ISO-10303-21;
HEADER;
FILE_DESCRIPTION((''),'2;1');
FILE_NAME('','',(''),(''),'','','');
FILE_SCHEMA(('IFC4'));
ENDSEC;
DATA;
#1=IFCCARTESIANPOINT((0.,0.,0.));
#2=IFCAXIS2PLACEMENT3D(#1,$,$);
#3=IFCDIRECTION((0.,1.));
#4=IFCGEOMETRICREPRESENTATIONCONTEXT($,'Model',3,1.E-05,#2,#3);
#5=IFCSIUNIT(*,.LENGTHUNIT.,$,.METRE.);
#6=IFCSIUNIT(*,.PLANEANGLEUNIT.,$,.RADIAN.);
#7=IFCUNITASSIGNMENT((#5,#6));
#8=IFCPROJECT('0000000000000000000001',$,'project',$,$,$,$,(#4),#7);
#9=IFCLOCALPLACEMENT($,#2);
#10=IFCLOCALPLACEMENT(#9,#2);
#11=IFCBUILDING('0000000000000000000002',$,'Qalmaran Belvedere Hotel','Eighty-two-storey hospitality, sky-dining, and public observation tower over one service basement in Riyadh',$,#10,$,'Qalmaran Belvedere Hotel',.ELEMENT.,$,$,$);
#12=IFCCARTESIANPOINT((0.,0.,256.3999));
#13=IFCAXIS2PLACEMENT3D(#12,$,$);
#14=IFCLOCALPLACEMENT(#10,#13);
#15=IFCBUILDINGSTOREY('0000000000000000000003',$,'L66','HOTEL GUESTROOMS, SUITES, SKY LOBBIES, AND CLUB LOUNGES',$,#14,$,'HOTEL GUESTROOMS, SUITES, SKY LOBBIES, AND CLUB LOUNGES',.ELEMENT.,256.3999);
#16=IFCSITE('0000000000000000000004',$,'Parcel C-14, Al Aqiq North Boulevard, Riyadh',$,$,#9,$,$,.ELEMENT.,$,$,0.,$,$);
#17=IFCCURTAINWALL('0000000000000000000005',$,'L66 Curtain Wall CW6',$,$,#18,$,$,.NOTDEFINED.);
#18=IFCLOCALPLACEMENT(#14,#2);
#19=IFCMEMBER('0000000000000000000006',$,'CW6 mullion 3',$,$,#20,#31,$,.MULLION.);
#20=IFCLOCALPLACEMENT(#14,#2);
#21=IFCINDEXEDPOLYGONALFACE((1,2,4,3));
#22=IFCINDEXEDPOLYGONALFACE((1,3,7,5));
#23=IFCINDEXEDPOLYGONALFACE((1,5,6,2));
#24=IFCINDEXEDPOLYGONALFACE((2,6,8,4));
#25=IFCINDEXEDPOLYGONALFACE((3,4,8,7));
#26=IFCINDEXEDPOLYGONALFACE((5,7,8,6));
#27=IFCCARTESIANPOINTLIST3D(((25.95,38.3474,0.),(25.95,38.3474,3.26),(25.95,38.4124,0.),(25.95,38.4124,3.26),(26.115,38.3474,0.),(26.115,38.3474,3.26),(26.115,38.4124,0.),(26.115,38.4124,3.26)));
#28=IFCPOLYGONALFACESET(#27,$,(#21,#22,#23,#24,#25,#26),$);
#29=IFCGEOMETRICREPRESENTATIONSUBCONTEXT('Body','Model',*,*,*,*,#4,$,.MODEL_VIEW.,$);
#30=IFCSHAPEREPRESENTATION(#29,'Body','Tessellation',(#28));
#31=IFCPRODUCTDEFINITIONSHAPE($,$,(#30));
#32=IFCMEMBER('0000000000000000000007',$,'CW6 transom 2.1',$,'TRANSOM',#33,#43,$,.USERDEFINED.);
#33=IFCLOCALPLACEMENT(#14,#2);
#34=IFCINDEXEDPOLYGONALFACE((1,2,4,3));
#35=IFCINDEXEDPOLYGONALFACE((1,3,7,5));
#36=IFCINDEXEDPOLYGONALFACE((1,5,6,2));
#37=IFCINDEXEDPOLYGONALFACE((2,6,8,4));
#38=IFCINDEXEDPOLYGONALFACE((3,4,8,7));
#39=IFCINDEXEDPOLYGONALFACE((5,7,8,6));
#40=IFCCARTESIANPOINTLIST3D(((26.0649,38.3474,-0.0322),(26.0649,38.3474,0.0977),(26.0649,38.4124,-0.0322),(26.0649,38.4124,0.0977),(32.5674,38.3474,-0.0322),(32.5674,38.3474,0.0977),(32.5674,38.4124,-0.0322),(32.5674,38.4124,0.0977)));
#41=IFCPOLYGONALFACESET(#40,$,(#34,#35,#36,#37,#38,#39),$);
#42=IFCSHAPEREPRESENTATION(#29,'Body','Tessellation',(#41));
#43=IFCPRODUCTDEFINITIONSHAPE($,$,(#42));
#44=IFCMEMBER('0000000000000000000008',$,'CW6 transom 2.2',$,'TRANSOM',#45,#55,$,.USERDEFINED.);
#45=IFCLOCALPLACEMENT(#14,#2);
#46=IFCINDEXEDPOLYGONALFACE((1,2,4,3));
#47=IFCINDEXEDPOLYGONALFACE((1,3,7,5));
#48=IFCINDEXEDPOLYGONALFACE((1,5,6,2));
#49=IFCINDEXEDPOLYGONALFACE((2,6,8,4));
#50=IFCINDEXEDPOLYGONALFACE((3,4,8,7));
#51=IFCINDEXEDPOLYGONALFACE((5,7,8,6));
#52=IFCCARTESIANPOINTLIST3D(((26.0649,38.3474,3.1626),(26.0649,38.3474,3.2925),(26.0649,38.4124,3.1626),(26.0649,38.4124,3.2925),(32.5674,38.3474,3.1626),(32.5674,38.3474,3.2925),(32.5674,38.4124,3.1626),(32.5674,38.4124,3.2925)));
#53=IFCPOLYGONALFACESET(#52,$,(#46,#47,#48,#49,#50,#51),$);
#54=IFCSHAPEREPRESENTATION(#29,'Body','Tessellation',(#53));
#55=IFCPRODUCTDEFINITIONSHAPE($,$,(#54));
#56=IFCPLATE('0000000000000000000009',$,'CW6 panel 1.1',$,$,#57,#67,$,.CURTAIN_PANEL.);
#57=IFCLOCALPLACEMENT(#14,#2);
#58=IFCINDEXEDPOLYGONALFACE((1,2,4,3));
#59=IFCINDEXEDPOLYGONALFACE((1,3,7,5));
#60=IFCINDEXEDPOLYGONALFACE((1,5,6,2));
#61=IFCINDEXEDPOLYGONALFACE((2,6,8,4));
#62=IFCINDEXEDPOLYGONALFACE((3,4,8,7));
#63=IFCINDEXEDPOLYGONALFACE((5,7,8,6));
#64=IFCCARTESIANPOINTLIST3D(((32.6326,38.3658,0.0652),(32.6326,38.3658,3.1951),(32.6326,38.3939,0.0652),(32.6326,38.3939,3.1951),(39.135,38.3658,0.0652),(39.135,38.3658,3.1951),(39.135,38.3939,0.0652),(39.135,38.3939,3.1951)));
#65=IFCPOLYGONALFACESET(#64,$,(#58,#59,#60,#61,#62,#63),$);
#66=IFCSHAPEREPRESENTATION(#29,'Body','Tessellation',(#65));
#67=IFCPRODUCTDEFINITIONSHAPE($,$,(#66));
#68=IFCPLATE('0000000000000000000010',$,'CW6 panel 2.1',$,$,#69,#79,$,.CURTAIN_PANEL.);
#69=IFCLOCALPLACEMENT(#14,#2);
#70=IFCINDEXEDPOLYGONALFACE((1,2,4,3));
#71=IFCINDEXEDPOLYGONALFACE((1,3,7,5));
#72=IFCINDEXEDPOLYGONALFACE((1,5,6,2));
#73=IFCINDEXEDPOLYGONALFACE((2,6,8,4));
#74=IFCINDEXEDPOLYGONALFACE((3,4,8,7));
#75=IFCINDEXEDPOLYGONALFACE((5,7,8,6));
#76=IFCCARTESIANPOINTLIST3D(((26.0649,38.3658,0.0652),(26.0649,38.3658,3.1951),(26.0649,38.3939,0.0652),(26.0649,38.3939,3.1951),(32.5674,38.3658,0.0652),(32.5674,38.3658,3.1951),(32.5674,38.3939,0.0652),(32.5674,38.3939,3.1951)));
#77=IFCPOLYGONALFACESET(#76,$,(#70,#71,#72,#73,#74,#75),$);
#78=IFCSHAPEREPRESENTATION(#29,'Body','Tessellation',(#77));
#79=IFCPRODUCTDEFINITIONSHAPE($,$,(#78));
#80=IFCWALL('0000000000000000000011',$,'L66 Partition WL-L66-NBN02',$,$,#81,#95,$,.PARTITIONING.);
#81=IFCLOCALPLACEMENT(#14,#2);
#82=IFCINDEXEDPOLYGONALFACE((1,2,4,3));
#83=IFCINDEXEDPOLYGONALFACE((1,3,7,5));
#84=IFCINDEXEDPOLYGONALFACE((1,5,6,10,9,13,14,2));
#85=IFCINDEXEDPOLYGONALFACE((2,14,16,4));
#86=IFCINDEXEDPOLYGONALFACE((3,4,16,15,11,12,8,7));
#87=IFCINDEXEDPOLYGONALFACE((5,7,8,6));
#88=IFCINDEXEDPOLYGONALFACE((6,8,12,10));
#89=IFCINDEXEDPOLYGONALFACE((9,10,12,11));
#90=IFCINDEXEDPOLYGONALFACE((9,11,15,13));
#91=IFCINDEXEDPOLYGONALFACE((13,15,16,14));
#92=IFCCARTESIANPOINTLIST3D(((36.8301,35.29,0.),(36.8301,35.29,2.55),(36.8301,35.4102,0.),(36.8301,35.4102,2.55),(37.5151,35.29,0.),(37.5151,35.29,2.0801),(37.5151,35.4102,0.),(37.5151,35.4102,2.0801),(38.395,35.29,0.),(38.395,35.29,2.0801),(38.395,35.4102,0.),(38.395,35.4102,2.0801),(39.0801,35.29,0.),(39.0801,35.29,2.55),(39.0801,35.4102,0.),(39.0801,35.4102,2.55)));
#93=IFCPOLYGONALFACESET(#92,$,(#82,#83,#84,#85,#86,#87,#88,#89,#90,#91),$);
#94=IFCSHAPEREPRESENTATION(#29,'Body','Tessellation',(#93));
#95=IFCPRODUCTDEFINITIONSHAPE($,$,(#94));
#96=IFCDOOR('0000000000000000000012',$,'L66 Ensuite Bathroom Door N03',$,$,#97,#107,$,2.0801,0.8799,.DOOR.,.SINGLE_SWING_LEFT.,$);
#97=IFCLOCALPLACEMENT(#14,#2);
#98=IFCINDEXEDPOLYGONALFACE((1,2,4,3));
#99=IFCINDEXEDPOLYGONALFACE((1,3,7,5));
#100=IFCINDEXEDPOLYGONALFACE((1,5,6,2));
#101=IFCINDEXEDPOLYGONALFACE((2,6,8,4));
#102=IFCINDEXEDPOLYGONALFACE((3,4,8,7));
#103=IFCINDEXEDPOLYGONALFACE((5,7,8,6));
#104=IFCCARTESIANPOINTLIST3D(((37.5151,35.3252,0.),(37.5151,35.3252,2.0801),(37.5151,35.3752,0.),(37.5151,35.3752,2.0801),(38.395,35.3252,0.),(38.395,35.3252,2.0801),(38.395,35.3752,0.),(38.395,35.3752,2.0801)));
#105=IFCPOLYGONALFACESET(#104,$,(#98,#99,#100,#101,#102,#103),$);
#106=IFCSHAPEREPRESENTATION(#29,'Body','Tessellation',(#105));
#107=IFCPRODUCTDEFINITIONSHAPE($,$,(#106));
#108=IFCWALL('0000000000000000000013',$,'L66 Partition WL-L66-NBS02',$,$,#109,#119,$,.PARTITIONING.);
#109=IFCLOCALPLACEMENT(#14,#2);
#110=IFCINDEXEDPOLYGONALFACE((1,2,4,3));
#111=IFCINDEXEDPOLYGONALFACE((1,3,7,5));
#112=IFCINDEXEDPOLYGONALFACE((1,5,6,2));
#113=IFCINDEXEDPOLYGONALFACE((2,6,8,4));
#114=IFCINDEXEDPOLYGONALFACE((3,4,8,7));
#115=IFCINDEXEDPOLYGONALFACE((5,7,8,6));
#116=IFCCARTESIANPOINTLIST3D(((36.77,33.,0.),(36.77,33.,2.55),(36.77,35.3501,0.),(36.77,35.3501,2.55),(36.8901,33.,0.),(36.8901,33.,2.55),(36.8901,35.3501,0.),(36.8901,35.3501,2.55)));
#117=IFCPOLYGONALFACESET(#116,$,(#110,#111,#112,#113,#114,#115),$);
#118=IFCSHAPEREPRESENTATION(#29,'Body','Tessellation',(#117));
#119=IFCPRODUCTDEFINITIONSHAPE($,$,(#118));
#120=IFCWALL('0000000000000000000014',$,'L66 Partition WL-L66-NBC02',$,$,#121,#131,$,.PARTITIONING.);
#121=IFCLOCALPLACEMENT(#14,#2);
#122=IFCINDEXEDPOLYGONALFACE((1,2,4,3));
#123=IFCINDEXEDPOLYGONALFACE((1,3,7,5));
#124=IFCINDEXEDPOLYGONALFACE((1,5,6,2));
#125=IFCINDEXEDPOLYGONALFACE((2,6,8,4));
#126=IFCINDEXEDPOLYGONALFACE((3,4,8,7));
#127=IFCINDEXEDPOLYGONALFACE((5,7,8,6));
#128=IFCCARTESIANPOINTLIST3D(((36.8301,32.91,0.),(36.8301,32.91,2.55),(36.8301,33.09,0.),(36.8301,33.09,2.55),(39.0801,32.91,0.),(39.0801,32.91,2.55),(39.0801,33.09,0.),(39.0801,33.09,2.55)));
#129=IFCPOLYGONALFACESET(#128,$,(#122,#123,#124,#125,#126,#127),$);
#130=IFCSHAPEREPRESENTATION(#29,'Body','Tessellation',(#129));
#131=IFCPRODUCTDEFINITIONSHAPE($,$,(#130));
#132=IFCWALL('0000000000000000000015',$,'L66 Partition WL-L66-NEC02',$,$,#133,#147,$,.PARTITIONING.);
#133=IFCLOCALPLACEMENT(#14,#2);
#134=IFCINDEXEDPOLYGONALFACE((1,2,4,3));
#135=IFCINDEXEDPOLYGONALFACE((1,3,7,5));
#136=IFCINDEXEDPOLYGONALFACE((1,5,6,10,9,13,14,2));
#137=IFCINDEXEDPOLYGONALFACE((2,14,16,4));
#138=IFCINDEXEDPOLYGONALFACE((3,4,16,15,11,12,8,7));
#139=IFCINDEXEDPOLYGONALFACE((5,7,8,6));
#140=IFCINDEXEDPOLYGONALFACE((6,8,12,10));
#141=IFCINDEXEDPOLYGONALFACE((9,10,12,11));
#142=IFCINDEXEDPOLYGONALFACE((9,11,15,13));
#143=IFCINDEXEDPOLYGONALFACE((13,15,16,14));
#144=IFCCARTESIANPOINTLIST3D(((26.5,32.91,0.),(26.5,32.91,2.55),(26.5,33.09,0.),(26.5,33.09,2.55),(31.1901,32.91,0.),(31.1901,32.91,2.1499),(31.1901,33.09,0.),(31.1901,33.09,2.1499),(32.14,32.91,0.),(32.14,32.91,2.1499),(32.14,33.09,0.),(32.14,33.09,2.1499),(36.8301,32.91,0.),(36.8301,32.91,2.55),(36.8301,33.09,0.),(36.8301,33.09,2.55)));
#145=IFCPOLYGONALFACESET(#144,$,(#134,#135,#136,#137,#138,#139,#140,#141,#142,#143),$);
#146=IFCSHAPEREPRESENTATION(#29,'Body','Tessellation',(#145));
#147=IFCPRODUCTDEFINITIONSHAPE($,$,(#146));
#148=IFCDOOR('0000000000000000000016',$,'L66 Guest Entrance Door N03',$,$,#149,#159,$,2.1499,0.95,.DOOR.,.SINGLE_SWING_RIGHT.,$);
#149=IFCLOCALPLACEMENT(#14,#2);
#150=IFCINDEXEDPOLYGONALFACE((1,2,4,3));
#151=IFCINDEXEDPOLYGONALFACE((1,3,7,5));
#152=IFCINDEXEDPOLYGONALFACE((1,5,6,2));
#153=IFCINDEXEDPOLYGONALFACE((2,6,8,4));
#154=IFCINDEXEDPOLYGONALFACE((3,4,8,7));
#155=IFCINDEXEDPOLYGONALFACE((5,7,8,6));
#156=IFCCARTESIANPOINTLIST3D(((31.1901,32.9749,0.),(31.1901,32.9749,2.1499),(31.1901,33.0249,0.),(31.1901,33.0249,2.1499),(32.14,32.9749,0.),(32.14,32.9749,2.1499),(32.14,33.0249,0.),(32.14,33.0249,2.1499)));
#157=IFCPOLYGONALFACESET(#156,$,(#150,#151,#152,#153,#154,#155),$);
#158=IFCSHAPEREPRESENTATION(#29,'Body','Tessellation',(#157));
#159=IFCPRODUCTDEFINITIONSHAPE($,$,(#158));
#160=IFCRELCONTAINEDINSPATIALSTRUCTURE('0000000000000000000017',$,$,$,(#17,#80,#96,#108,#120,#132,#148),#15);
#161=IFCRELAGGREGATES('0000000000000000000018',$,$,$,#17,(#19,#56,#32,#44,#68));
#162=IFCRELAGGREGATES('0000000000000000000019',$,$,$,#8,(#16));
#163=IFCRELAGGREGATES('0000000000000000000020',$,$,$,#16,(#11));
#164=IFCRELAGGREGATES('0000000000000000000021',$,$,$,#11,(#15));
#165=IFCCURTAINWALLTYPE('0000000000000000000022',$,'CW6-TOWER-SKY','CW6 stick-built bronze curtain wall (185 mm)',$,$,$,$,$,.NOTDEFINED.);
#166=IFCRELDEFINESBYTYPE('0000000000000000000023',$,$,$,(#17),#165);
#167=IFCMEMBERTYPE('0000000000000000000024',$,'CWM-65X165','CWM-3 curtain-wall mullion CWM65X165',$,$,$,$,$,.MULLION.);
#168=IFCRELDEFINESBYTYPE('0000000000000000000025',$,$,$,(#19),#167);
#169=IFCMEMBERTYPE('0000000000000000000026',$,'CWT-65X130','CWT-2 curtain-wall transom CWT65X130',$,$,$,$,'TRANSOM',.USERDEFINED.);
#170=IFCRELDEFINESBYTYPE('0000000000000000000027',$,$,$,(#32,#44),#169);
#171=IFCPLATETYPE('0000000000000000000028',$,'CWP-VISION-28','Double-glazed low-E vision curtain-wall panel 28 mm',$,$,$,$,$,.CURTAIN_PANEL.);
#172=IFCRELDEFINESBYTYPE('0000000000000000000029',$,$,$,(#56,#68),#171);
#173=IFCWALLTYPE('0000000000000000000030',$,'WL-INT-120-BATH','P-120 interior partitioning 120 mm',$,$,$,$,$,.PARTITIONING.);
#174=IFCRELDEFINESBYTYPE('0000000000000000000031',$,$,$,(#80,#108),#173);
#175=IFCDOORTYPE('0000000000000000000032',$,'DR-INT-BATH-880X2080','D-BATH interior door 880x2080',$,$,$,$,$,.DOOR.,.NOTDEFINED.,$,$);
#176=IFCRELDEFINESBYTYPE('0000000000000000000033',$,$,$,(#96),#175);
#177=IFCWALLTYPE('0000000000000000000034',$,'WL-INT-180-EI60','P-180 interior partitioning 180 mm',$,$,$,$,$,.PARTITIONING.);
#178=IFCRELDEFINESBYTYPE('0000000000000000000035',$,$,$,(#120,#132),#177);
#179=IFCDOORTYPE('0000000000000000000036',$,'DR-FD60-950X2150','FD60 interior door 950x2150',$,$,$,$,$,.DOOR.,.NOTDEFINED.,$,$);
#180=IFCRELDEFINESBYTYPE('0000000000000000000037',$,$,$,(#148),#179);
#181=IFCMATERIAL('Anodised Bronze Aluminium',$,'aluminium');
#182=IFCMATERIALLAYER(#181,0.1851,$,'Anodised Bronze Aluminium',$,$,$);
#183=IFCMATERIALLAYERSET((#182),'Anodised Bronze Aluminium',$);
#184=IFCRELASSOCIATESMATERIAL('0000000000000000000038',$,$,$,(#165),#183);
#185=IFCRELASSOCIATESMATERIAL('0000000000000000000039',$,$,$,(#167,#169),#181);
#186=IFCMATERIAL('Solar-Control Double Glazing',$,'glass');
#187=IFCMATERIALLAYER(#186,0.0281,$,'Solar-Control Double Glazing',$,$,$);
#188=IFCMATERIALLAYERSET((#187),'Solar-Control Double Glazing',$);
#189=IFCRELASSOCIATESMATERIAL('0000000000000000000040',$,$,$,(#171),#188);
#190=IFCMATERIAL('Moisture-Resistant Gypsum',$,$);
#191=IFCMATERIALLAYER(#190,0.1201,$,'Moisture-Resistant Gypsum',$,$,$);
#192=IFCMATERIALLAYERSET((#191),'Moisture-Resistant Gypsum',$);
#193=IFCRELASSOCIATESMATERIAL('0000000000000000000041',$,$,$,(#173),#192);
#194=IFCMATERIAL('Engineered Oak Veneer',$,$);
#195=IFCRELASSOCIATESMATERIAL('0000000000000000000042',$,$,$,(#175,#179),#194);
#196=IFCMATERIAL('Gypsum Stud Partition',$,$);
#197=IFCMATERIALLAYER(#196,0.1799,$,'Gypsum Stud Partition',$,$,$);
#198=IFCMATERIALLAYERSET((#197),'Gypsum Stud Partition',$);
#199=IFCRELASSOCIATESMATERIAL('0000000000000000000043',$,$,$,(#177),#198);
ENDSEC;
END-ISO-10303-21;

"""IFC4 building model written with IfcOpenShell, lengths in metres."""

from ifc_helpers import new_model, si_unit, direction, frame, frame_2d, origin, origin_2d, place, context, subcontext, project, spatial, rectangle, extrude, material, layer, layer_set, material_profile, profile_set, type_object, element, fill, aggregate, save


model = new_model("IFC4")

# Units and contexts
model_context = context("Model", 3, precision=1e-05, world=origin(), true_north=direction((0.0, 1.0)))
body_context = subcontext(model_context, "Body", "Model", "MODEL_VIEW")
ifc_project = project(units=[si_unit("LENGTHUNIT", "METRE"), si_unit("PLANEANGLEUNIT", "RADIAN")], contexts=[model_context])

# Site, building, storey
site_placement = place(None, origin())
site = spatial("IfcSite", under=ifc_project, at=site_placement, Name="Parcel C-14, Al Aqiq North Boulevard, Riyadh", CompositionType="ELEMENT", RefElevation=0.0)
building_placement = place(site_placement, origin())
building = spatial("IfcBuilding", under=site, at=building_placement, Name="Qalmaran Belvedere Hotel", Description="Eighty-two-storey hospitality, sky-dining, and public observation tower over one service basement in Riyadh", LongName="Qalmaran Belvedere Hotel", CompositionType="ELEMENT")
storey_placement = place(building_placement, frame((0.0, 0.0, 256.3999)))
storey = spatial("IfcBuildingStorey", under=building, at=storey_placement, Name="L66", Description="HOTEL GUESTROOMS, SUITES, SKY LOBBIES, AND CLUB LOUNGES", LongName="HOTEL GUESTROOMS, SUITES, SKY LOBBIES, AND CLUB LOUNGES", CompositionType="ELEMENT", Elevation=256.3999)

# Curtain wall, members, plates
ifc_material_1 = material(Name="Anodised Bronze Aluminium", Category="aluminium")
ifc_layer_1 = layer(ifc_material_1, 0.1851, Name="Anodised Bronze Aluminium")
ifc_layer_set_1 = layer_set([ifc_layer_1], Name="Anodised Bronze Aluminium")
curtain_wall_type = type_object("IfcCurtainWallType", Name="CW6-TOWER-SKY", Description="CW6 stick-built bronze curtain wall (185 mm)", PredefinedType="NOTDEFINED", material=ifc_layer_set_1)
curtain_wall_placement = place(storey_placement, origin())
curtain_wall = element("IfcCurtainWall", 1, at=curtain_wall_placement, inside=storey, type_object=curtain_wall_type, Name="L66 Curtain Wall CW6", PredefinedType="NOTDEFINED")
ifc_material_profile_1 = material_profile(ifc_material_1, rectangle(XDim=0.0649, YDim=0.165, at=origin_2d()), Name="CWM65X165")
ifc_profile_set_1 = profile_set([ifc_material_profile_1], Name="Anodised Bronze Aluminium")
member_type_1 = type_object("IfcMemberType", Name="CWM-65X165", Description="CWM-3 curtain-wall mullion CWM65X165", PredefinedType="MULLION", material=ifc_profile_set_1)
member_1_placement = place(storey_placement, frame((26.0325, 38.3799, 0.0), z_axis=(0.0, 0.0, 1.0), x_axis=(0.0, -1.0, 0.0)))
member_1 = element("IfcMember", 2, at=member_1_placement, type_object=member_type_1, Name="CW6 mullion 3", PredefinedType="MULLION", context=body_context, shape_type="SweptSolid", body=[
    extrude(rectangle(XDim=0.0649, YDim=0.165, at=origin_2d()), origin(), (0.0, 0.0, 1.0), 3.26),
])
ifc_material_profile_2 = material_profile(ifc_material_1, rectangle(XDim=0.0649, YDim=0.1299, at=origin_2d()), Name="CWT65X130")
ifc_profile_set_2 = profile_set([ifc_material_profile_2], Name="Anodised Bronze Aluminium")
member_type_2 = type_object("IfcMemberType", Name="CWT-65X130", Description="CWT-2 curtain-wall transom CWT65X130", ElementType="TRANSOM", PredefinedType="USERDEFINED", material=ifc_profile_set_2)
member_2_placement = place(storey_placement, frame((32.5674, 38.3799, 0.0327), z_axis=(-1.0, 0.0, 0.0), x_axis=(0.0, -1.0, 0.0)))
member_2 = element("IfcMember", 3, at=member_2_placement, type_object=member_type_2, Name="CW6 transom 2.1", ObjectType="TRANSOM", PredefinedType="USERDEFINED", context=body_context, shape_type="SweptSolid", body=[
    extrude(rectangle(XDim=0.0649, YDim=0.1299, at=origin_2d()), origin(), (0.0, 0.0, 1.0), 6.5024),
])
member_3_placement = place(storey_placement, frame((32.5674, 38.3799, 3.2275), z_axis=(-1.0, 0.0, 0.0), x_axis=(0.0, -1.0, 0.0)))
member_3 = element("IfcMember", 4, at=member_3_placement, type_object=member_type_2, Name="CW6 transom 2.2", ObjectType="TRANSOM", PredefinedType="USERDEFINED", context=body_context, shape_type="SweptSolid", body=[
    extrude(rectangle(XDim=0.0649, YDim=0.1299, at=origin_2d()), origin(), (0.0, 0.0, 1.0), 6.5024),
])
ifc_material_2 = material(Name="Solar-Control Double Glazing", Category="glass")
ifc_layer_2 = layer(ifc_material_2, 0.0281, Name="Solar-Control Double Glazing")
ifc_layer_set_2 = layer_set([ifc_layer_2], Name="Solar-Control Double Glazing")
plate_type = type_object("IfcPlateType", Name="CWP-VISION-28", Description="Double-glazed low-E vision curtain-wall panel 28 mm", PredefinedType="CURTAIN_PANEL", material=ifc_layer_set_2)
plate_1_placement = place(storey_placement, frame((35.8838, 38.3799, 0.0652), z_axis=(0.0, 0.0, 1.0), x_axis=(-1.0, 0.0, 0.0)))
plate_1 = element("IfcPlate", 5, at=plate_1_placement, type_object=plate_type, Name="CW6 panel 1.1", PredefinedType="CURTAIN_PANEL", context=body_context, shape_type="SweptSolid", body=[
    extrude(rectangle(XDim=6.5024, YDim=0.0281, at=origin_2d()), origin(), (0.0, 0.0, 1.0), 3.1299),
])
plate_2_placement = place(storey_placement, frame((29.3162, 38.3799, 0.0652), z_axis=(0.0, 0.0, 1.0), x_axis=(-1.0, 0.0, 0.0)))
plate_2 = element("IfcPlate", 6, at=plate_2_placement, type_object=plate_type, Name="CW6 panel 2.1", PredefinedType="CURTAIN_PANEL", context=body_context, shape_type="SweptSolid", body=[
    extrude(rectangle(XDim=6.5024, YDim=0.0281, at=origin_2d()), origin(), (0.0, 0.0, 1.0), 3.1299),
])
aggregate(curtain_wall, [member_1, plate_1, member_2, member_3, plate_2])

# Wall, opening, door
ifc_material_3 = material(Name="Moisture-Resistant Gypsum")
ifc_layer_3 = layer(ifc_material_3, 0.1201, Name="Moisture-Resistant Gypsum")
ifc_layer_set_3 = layer_set([ifc_layer_3], Name="Moisture-Resistant Gypsum")
wall_type_1 = type_object("IfcWallType", Name="WL-INT-120-BATH", Description="P-120 interior partitioning 120 mm", PredefinedType="PARTITIONING", material=ifc_layer_set_3)
wall_1_placement = place(storey_placement, frame((36.8301, 35.3501, 0.0), z_axis=(0.0, 0.0, 1.0), x_axis=(1.0, 0.0, 0.0)))
wall_1 = element("IfcWall", 7, at=wall_1_placement, inside=storey, type_object=wall_type_1, Name="L66 Partition WL-L66-NBN02", PredefinedType="PARTITIONING", context=body_context, shape_type="SweptSolid", body=[
    extrude(rectangle(XDim=2.25, YDim=0.1201, at=frame_2d((1.125, 0.0))), origin(), (0.0, 0.0, 1.0), 2.55),
])
opening_1_placement = place(wall_1_placement, frame((1.5649, 0.0, 0.0), z_axis=(0.0, 0.0, 1.0), x_axis=(-1.0, 0.0, 0.0)))
opening_1 = element("IfcOpeningElement", 8, at=opening_1_placement, cuts=wall_1, PredefinedType="OPENING", context=body_context, shape_type="SweptSolid", body=[
    extrude(rectangle(XDim=0.8799, YDim=2.0801, at=frame_2d((0.4399, 1.04))), frame((0.0, 0.0701, 0.0), z_axis=(0.0, -1.0, 0.0), x_axis=(1.0, 0.0, 0.0)), (0.0, 0.0, 1.0), 0.1401),
])
ifc_material_4 = material(Name="Engineered Oak Veneer")
door_type_1 = type_object("IfcDoorType", Name="DR-INT-BATH-880X2080", Description="D-BATH interior door 880x2080", OperationType="NOTDEFINED", PredefinedType="DOOR", material=ifc_material_4)
door_1_placement = place(opening_1_placement, origin())
door_1 = element("IfcDoor", 9, at=door_1_placement, inside=storey, type_object=door_type_1, Name="L66 Ensuite Bathroom Door N03", OperationType="SINGLE_SWING_LEFT", OverallHeight=2.0801, OverallWidth=0.8799, PredefinedType="DOOR", context=body_context, shape_type="SweptSolid", body=[
    extrude(rectangle(XDim=0.8799, YDim=2.0801, at=frame_2d((0.4399, 1.04))), frame((0.0, 0.0249, 0.0), z_axis=(0.0, -1.0, 0.0), x_axis=(1.0, 0.0, 0.0)), (0.0, 0.0, 1.0), 0.05),
])
fill(opening_1, door_1)

# Walls
wall_2_placement = place(storey_placement, frame((36.8301, 33.0, 0.0), z_axis=(0.0, 0.0, 1.0), x_axis=(0.0, 1.0, 0.0)))
element("IfcWall", 10, at=wall_2_placement, inside=storey, type_object=wall_type_1, Name="L66 Partition WL-L66-NBS02", PredefinedType="PARTITIONING", context=body_context, shape_type="SweptSolid", body=[
    extrude(rectangle(XDim=2.3501, YDim=0.1201, at=frame_2d((1.175, 0.0))), origin(), (0.0, 0.0, 1.0), 2.55),
])
ifc_material_5 = material(Name="Gypsum Stud Partition")
ifc_layer_4 = layer(ifc_material_5, 0.1799, Name="Gypsum Stud Partition")
ifc_layer_set_4 = layer_set([ifc_layer_4], Name="Gypsum Stud Partition")
wall_type_2 = type_object("IfcWallType", Name="WL-INT-180-EI60", Description="P-180 interior partitioning 180 mm", PredefinedType="PARTITIONING", material=ifc_layer_set_4)
wall_3_placement = place(storey_placement, frame((36.8301, 33.0, 0.0), z_axis=(0.0, 0.0, 1.0), x_axis=(1.0, 0.0, 0.0)))
element("IfcWall", 11, at=wall_3_placement, inside=storey, type_object=wall_type_2, Name="L66 Partition WL-L66-NBC02", PredefinedType="PARTITIONING", context=body_context, shape_type="SweptSolid", body=[
    extrude(rectangle(XDim=2.25, YDim=0.1799, at=frame_2d((1.125, 0.0))), origin(), (0.0, 0.0, 1.0), 2.55),
])

# Wall, opening, door
wall_4_placement = place(storey_placement, frame((26.5, 33.0, 0.0), z_axis=(0.0, 0.0, 1.0), x_axis=(1.0, 0.0, 0.0)))
wall_4 = element("IfcWall", 12, at=wall_4_placement, inside=storey, type_object=wall_type_2, Name="L66 Partition WL-L66-NEC02", PredefinedType="PARTITIONING", context=body_context, shape_type="SweptSolid", body=[
    extrude(rectangle(XDim=10.3301, YDim=0.1799, at=frame_2d((5.165, 0.0))), origin(), (0.0, 0.0, 1.0), 2.55),
])
opening_2_placement = place(wall_4_placement, frame((4.6899, 0.0, 0.0)))
opening_2 = element("IfcOpeningElement", 13, at=opening_2_placement, cuts=wall_4, PredefinedType="OPENING", context=body_context, shape_type="SweptSolid", body=[
    extrude(rectangle(XDim=0.95, YDim=2.1499, at=frame_2d((0.4751, 1.075))), frame((0.0, 0.1001, 0.0), z_axis=(0.0, -1.0, 0.0), x_axis=(1.0, 0.0, 0.0)), (0.0, 0.0, 1.0), 0.2),
])
door_type_2 = type_object("IfcDoorType", Name="DR-FD60-950X2150", Description="FD60 interior door 950x2150", OperationType="NOTDEFINED", PredefinedType="DOOR", material=ifc_material_4)
door_2_placement = place(opening_2_placement, origin())
door_2 = element("IfcDoor", 14, at=door_2_placement, inside=storey, type_object=door_type_2, Name="L66 Guest Entrance Door N03", OperationType="SINGLE_SWING_RIGHT", OverallHeight=2.1499, OverallWidth=0.95, PredefinedType="DOOR", context=body_context, shape_type="SweptSolid", body=[
    extrude(rectangle(XDim=0.95, YDim=2.1499, at=frame_2d((0.4751, 1.075))), frame((0.0, 0.0249, 0.0), z_axis=(0.0, -1.0, 0.0), x_axis=(1.0, 0.0, 0.0)), (0.0, 0.0, 1.0), 0.05),
])
fill(opening_2, door_2)

save(model, "model.ifc")
